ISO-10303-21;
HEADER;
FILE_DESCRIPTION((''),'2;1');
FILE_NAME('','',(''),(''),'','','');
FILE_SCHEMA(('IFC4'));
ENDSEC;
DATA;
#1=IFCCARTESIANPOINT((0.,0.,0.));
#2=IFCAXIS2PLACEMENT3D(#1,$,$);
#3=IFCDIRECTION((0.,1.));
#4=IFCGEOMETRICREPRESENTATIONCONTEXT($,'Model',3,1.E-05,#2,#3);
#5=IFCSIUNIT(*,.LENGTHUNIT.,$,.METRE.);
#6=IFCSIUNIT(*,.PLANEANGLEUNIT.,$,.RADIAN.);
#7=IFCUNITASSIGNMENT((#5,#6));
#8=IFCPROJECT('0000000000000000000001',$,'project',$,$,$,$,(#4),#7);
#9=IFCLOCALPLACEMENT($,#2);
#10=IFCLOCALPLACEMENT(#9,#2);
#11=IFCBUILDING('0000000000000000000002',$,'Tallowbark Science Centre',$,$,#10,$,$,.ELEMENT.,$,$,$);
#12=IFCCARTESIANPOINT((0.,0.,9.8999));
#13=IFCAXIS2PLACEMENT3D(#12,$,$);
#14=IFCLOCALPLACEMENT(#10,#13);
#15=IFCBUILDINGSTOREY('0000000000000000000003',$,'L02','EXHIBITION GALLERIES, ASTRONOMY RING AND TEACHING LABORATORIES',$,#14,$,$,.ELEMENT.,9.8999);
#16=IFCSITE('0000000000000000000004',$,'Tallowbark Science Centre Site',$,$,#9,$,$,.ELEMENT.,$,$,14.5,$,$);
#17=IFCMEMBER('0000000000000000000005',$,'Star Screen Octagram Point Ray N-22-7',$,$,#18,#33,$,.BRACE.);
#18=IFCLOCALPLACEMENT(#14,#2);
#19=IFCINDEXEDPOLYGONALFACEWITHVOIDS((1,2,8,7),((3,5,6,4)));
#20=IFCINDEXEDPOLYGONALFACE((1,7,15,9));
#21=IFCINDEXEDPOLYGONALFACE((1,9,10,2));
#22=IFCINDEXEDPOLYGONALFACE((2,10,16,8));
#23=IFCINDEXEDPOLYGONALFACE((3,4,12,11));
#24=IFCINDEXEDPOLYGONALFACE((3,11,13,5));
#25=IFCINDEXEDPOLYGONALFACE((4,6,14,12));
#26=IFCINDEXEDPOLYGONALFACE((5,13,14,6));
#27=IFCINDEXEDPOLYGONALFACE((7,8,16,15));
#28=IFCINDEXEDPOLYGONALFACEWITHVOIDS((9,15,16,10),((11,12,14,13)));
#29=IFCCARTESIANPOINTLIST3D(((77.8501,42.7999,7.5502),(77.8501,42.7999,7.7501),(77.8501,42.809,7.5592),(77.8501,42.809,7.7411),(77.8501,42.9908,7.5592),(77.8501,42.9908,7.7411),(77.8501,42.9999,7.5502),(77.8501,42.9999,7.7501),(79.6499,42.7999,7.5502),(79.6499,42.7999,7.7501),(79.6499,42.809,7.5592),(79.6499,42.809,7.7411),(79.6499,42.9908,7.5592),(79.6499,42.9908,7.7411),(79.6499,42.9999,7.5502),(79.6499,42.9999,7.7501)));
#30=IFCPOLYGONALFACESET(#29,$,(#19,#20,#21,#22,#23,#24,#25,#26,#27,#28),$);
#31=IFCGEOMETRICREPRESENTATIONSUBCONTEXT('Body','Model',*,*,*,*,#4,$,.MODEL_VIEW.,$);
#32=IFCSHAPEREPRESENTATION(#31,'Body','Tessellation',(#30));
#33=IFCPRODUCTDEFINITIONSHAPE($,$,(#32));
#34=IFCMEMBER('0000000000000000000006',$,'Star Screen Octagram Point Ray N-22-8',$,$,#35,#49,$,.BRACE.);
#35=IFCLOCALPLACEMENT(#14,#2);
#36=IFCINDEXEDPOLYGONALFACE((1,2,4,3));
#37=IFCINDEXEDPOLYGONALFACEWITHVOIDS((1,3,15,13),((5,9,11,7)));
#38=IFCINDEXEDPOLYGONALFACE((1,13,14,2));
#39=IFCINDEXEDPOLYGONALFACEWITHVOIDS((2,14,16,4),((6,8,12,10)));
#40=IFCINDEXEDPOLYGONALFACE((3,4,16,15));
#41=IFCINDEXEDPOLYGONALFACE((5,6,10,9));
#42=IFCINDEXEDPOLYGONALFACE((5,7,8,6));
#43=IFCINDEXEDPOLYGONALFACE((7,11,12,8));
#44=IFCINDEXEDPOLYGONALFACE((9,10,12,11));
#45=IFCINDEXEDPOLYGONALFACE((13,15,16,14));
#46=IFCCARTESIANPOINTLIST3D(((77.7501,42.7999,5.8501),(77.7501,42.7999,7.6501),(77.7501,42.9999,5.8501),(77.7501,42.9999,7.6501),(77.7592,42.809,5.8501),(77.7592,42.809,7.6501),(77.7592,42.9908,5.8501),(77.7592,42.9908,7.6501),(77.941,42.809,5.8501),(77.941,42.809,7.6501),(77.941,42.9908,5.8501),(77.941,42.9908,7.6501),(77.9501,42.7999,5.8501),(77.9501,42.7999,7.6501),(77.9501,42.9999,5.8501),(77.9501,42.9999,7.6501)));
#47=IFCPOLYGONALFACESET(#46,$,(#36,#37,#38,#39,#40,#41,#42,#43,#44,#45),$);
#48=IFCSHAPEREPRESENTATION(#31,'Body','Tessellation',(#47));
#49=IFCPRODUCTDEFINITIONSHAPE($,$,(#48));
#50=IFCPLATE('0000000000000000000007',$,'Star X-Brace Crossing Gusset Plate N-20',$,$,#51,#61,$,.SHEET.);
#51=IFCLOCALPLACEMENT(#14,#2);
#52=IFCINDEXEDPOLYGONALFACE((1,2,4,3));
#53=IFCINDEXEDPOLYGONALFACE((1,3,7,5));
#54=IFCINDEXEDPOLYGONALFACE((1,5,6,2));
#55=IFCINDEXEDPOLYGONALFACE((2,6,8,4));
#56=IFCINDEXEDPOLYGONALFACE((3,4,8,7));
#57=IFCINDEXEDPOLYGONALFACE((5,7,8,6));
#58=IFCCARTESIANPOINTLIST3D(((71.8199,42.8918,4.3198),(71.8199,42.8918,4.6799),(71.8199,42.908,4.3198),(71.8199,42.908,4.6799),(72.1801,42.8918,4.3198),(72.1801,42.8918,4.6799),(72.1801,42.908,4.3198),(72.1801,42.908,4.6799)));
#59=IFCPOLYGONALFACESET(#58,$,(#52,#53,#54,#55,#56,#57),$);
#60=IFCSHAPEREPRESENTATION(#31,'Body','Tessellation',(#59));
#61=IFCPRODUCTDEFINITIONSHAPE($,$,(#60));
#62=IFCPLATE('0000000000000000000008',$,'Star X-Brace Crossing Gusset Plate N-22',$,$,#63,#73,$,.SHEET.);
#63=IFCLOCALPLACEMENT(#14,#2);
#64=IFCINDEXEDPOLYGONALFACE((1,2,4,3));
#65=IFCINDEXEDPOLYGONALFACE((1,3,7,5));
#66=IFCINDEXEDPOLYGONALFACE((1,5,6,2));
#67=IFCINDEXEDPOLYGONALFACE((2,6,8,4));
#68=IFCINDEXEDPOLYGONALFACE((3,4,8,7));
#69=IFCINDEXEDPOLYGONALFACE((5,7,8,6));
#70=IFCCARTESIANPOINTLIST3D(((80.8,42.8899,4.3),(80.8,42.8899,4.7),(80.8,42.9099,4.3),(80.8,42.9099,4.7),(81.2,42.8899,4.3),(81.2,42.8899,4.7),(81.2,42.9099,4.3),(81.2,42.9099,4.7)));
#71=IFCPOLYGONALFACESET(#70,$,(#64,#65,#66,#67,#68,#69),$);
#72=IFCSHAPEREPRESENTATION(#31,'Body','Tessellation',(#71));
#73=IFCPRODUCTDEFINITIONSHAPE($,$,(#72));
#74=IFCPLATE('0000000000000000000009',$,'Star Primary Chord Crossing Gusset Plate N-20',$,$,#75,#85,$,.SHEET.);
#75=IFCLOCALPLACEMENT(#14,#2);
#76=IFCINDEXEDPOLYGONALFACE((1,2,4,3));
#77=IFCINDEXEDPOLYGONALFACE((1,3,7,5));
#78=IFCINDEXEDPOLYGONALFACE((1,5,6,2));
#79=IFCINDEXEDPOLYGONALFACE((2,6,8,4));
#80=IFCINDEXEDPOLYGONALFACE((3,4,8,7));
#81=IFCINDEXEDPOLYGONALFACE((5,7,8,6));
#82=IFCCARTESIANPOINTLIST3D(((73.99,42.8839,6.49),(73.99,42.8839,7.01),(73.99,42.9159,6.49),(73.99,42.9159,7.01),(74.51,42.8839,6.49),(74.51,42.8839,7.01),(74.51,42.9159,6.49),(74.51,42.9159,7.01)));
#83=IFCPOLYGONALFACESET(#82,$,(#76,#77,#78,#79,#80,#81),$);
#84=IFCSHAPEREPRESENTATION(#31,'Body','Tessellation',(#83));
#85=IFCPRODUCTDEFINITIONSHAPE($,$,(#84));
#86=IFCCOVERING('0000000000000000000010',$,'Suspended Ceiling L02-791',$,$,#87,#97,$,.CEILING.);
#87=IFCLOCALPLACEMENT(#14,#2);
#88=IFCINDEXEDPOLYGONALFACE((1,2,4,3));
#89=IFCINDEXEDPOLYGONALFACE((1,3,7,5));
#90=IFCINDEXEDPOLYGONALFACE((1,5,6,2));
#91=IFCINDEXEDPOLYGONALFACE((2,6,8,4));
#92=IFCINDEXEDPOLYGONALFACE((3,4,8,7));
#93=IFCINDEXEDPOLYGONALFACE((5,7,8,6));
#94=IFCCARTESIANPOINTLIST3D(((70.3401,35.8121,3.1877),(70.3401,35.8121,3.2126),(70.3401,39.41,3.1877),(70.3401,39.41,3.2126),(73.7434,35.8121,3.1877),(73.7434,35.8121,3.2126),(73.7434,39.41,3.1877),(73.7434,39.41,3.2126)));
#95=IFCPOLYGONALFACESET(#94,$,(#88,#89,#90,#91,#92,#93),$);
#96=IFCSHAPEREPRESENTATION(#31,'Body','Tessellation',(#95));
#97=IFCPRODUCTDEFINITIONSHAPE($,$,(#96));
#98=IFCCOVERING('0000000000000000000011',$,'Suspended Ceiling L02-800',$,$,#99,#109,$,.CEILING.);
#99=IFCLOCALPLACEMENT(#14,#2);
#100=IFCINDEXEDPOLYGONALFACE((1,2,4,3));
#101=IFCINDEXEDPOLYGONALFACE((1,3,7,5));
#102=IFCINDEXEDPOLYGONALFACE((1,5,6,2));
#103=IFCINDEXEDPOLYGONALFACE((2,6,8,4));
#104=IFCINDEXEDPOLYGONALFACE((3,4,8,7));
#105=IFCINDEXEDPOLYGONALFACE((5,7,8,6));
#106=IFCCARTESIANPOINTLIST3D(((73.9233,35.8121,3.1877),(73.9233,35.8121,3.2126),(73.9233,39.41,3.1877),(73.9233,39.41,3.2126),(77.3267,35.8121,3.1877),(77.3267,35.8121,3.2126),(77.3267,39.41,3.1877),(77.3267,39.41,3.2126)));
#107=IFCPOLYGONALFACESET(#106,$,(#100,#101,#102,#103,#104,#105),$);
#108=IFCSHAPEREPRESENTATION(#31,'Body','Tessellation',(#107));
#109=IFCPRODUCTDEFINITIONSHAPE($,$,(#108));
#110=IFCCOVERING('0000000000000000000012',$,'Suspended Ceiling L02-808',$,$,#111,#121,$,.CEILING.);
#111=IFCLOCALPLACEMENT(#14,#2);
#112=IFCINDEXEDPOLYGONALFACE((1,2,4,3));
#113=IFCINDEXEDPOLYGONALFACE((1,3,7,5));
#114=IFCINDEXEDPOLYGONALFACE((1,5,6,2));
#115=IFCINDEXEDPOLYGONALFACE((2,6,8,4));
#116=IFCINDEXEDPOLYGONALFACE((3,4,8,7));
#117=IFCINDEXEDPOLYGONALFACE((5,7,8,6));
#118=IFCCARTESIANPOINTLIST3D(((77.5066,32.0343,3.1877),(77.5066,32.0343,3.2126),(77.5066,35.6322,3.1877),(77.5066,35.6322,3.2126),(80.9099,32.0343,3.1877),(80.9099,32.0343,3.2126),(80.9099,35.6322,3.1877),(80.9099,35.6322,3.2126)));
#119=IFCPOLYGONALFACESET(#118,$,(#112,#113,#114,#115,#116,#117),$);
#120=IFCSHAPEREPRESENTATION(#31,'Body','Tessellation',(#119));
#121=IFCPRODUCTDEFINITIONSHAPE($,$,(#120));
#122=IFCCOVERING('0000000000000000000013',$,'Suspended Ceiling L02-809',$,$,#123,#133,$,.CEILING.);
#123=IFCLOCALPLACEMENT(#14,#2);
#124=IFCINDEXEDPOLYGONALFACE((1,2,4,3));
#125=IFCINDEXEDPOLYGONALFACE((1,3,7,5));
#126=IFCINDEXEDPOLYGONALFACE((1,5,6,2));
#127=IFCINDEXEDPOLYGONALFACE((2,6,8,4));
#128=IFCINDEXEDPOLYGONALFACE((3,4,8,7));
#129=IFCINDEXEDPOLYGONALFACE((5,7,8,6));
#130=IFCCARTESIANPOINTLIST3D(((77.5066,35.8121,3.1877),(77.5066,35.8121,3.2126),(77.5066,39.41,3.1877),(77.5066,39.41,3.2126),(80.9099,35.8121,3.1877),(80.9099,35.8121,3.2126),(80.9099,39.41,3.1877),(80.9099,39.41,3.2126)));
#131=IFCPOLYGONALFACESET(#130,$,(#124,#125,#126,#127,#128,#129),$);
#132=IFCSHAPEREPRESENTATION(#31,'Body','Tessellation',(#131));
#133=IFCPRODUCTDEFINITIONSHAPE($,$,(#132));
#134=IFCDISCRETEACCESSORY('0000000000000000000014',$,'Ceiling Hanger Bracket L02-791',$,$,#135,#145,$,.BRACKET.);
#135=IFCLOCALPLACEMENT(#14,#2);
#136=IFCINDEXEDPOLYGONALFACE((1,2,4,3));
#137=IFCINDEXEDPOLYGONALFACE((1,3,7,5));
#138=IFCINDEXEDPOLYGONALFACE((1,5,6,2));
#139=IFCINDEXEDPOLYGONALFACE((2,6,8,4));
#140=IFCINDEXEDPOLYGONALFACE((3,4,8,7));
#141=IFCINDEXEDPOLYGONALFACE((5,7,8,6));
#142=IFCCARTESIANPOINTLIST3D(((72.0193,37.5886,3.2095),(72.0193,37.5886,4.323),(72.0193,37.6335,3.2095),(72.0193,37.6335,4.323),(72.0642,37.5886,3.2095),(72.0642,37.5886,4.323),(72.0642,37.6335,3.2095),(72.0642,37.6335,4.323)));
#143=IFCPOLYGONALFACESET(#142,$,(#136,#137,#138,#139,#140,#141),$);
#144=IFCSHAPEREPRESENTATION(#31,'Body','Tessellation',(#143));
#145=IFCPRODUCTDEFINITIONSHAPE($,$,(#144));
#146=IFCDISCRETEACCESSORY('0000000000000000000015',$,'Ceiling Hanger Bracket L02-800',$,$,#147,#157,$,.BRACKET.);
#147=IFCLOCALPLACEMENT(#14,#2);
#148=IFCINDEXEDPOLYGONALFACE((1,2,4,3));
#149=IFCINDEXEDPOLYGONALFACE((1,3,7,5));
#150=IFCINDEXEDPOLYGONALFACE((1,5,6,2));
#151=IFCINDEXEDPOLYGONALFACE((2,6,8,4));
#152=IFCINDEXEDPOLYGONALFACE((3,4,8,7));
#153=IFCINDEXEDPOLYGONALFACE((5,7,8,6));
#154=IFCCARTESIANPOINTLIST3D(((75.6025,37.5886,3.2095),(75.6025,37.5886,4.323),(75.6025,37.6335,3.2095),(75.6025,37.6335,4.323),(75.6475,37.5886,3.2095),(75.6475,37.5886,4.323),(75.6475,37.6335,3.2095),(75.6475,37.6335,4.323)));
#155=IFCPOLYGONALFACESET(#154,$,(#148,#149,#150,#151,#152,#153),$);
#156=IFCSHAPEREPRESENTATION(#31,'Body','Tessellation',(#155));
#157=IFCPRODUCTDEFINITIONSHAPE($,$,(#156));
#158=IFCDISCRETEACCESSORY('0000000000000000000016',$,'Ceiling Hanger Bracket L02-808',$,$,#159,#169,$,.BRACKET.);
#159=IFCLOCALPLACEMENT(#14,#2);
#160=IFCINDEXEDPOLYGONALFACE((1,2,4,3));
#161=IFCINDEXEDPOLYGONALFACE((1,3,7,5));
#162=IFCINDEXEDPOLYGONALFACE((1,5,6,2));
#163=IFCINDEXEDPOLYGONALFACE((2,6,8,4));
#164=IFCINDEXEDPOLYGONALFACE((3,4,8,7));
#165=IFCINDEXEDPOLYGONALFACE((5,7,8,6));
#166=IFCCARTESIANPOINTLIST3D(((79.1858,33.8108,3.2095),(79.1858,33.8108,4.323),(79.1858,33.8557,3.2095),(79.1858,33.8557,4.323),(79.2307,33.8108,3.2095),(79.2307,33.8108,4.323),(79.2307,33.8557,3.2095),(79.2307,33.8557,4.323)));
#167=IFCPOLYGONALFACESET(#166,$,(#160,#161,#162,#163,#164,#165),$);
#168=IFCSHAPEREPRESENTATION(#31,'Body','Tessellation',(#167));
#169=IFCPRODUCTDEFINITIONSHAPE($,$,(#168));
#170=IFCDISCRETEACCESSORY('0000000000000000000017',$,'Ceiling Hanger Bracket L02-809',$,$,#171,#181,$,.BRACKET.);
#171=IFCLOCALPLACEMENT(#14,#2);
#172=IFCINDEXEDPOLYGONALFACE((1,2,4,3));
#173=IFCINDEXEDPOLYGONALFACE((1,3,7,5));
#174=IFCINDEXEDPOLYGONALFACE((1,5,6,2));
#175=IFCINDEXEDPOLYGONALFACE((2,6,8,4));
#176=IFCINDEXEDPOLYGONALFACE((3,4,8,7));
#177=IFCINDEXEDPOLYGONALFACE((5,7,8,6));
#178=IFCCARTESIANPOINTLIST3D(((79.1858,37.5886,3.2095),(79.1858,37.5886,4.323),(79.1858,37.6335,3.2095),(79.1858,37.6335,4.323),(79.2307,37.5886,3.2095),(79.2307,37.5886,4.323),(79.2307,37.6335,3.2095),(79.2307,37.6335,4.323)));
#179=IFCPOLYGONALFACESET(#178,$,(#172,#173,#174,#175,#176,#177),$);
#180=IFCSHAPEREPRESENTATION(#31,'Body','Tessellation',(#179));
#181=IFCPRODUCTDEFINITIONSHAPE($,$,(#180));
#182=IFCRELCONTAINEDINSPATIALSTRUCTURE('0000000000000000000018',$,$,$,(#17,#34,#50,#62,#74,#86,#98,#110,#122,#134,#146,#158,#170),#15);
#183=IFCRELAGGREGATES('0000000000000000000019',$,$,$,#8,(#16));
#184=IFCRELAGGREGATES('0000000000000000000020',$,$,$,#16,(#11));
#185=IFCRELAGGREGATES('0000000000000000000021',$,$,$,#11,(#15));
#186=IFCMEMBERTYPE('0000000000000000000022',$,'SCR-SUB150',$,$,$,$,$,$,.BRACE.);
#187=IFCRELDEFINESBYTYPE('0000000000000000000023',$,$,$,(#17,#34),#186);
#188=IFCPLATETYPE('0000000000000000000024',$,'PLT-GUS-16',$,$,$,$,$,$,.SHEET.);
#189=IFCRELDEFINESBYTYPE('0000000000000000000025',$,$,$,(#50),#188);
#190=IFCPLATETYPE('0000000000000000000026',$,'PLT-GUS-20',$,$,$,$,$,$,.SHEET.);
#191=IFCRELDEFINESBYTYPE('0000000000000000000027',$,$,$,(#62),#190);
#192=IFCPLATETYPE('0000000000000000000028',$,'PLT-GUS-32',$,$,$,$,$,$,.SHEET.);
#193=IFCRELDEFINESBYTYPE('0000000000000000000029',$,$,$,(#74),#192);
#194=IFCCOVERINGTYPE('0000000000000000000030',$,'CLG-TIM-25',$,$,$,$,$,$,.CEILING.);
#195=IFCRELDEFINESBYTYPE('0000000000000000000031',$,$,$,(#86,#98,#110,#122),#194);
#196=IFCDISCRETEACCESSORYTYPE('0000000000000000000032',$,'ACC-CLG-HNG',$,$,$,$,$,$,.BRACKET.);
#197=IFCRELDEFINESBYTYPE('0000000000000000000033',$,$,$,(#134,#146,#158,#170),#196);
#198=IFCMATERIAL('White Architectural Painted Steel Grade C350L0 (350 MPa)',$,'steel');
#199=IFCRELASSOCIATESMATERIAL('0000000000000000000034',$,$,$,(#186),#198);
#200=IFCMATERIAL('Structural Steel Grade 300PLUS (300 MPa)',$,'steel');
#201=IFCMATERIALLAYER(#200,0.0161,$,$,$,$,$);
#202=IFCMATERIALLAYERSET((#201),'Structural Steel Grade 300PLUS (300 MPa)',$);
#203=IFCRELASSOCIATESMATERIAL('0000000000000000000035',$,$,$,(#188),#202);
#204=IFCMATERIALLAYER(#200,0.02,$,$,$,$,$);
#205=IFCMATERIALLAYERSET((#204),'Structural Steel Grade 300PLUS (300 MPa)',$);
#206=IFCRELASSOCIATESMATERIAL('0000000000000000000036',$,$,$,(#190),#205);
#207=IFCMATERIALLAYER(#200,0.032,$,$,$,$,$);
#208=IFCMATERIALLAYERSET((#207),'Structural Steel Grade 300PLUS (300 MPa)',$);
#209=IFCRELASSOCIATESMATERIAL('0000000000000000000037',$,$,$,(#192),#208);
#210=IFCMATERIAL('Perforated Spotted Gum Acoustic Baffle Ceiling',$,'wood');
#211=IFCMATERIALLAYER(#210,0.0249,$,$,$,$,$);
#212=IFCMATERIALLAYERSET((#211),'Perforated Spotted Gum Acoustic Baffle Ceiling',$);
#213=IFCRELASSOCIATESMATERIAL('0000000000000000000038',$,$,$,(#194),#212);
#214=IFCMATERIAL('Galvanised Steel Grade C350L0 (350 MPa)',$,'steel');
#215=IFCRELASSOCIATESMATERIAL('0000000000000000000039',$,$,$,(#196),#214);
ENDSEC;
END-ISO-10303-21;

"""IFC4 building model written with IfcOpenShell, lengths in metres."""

from ifc_helpers import new_model, si_unit, direction, frame, origin, origin_2d, place, context, subcontext, project, spatial, rectangle, hollow_rectangle, extrude, material, layer, layer_set, material_profile, profile_set, type_object, element, save


model = new_model("IFC4")

# Units and contexts
model_context = context("Model", 3, precision=1e-05, world=origin(), true_north=direction((0.0, 1.0)))
body_context = subcontext(model_context, "Body", "Model", "MODEL_VIEW")
ifc_project = project(units=[si_unit("LENGTHUNIT", "METRE"), si_unit("PLANEANGLEUNIT", "RADIAN")], contexts=[model_context])

# Site, building, storey
site_placement = place(None, origin())
site = spatial("IfcSite", under=ifc_project, at=site_placement, Name="Tallowbark Science Centre Site", CompositionType="ELEMENT", RefElevation=14.5)
building_placement = place(site_placement, origin())
building = spatial("IfcBuilding", under=site, at=building_placement, Name="Tallowbark Science Centre", CompositionType="ELEMENT")
storey_placement = place(building_placement, frame((0.0, 0.0, 9.8999)))
storey = spatial("IfcBuildingStorey", under=building, at=storey_placement, Name="L02", Description="EXHIBITION GALLERIES, ASTRONOMY RING AND TEACHING LABORATORIES", CompositionType="ELEMENT", Elevation=9.8999)

# Members
ifc_material_1 = material(Name="White Architectural Painted Steel Grade C350L0 (350 MPa)", Category="steel")
ifc_material_profile_1 = material_profile(ifc_material_1, hollow_rectangle(XDim=0.2, YDim=0.2, WallThickness=0.009, at=origin_2d()), Name="200x200x9.0SHS")
ifc_profile_set_1 = profile_set([ifc_material_profile_1], Name="White Architectural Painted Steel Grade C350L0 (350 MPa)")
member_type_1 = type_object("IfcMemberType", Name="SCR-SUB150", PredefinedType="BRACE", material=ifc_profile_set_1)
member_1_placement = place(storey_placement, frame((77.8501, 42.8999, 7.6501), z_axis=(1.0, 0.0, 0.0), x_axis=(0.0, 1.0, 0.0)))
element("IfcMember", 1, at=member_1_placement, inside=storey, type_object=member_type_1, Name="Star Screen Octagram Point Ray N-22-7", PredefinedType="BRACE", context=body_context, shape_type="SweptSolid", body=[
    extrude(hollow_rectangle(XDim=0.2, YDim=0.2, WallThickness=0.009, at=origin_2d()), origin(), (0.0, 0.0, 1.0), 1.7998),
])
member_2_placement = place(storey_placement, frame((77.8501, 42.8999, 7.6501), z_axis=(0.0, 0.0, -1.0), x_axis=(1.0, 0.0, 0.0)))
element("IfcMember", 2, at=member_2_placement, inside=storey, type_object=member_type_1, Name="Star Screen Octagram Point Ray N-22-8", PredefinedType="BRACE", context=body_context, shape_type="SweptSolid", body=[
    extrude(hollow_rectangle(XDim=0.2, YDim=0.2, WallThickness=0.009, at=origin_2d()), origin(), (0.0, 0.0, 1.0), 1.8),
])

# Plates
ifc_material_2 = material(Name="Structural Steel Grade 300PLUS (300 MPa)", Category="steel")
ifc_layer_1 = layer(ifc_material_2, 0.0161)
ifc_layer_set_1 = layer_set([ifc_layer_1], Name="Structural Steel Grade 300PLUS (300 MPa)")
plate_type_1 = type_object("IfcPlateType", Name="PLT-GUS-16", PredefinedType="SHEET", material=ifc_layer_set_1)
plate_1_placement = place(storey_placement, frame((72.0, 42.8999, 4.3198), z_axis=(0.0, 0.0, 1.0), x_axis=(1.0, 0.0, 0.0)))
element("IfcPlate", 3, at=plate_1_placement, inside=storey, type_object=plate_type_1, Name="Star X-Brace Crossing Gusset Plate N-20", PredefinedType="SHEET", context=body_context, shape_type="SweptSolid", body=[
    extrude(rectangle(XDim=0.3601, YDim=0.0161, at=origin_2d()), origin(), (0.0, 0.0, 1.0), 0.3601),
])
ifc_layer_2 = layer(ifc_material_2, 0.02)
ifc_layer_set_2 = layer_set([ifc_layer_2], Name="Structural Steel Grade 300PLUS (300 MPa)")
plate_type_2 = type_object("IfcPlateType", Name="PLT-GUS-20", PredefinedType="SHEET", material=ifc_layer_set_2)
plate_2_placement = place(storey_placement, frame((81.0, 42.8999, 4.3), z_axis=(0.0, 0.0, 1.0), x_axis=(1.0, 0.0, 0.0)))
element("IfcPlate", 4, at=plate_2_placement, inside=storey, type_object=plate_type_2, Name="Star X-Brace Crossing Gusset Plate N-22", PredefinedType="SHEET", context=body_context, shape_type="SweptSolid", body=[
    extrude(rectangle(XDim=0.3999, YDim=0.02, at=origin_2d()), origin(), (0.0, 0.0, 1.0), 0.3999),
])
ifc_layer_3 = layer(ifc_material_2, 0.032)
ifc_layer_set_3 = layer_set([ifc_layer_3], Name="Structural Steel Grade 300PLUS (300 MPa)")
plate_type_3 = type_object("IfcPlateType", Name="PLT-GUS-32", PredefinedType="SHEET", material=ifc_layer_set_3)
plate_3_placement = place(storey_placement, frame((74.25, 42.8999, 6.49), z_axis=(0.0, 0.0, 1.0), x_axis=(1.0, 0.0, 0.0)))
element("IfcPlate", 5, at=plate_3_placement, inside=storey, type_object=plate_type_3, Name="Star Primary Chord Crossing Gusset Plate N-20", PredefinedType="SHEET", context=body_context, shape_type="SweptSolid", body=[
    extrude(rectangle(XDim=0.52, YDim=0.032, at=origin_2d()), origin(), (0.0, 0.0, 1.0), 0.52),
])

# Coverings
ifc_material_3 = material(Name="Perforated Spotted Gum Acoustic Baffle Ceiling", Category="wood")
ifc_layer_4 = layer(ifc_material_3, 0.0249)
ifc_layer_set_4 = layer_set([ifc_layer_4], Name="Perforated Spotted Gum Acoustic Baffle Ceiling")
covering_type = type_object("IfcCoveringType", Name="CLG-TIM-25", PredefinedType="CEILING", material=ifc_layer_set_4)
for number, where, z_axis, x_axis, name in (
    (6, (72.0417, 37.6111, 3.1877), (0.0, 0.0, 1.0), (1.0, 0.0, 0.0), "Suspended Ceiling L02-791"),
    (7, (75.625, 37.6111, 3.1877), (0.0, 0.0, 1.0), (1.0, 0.0, 0.0), "Suspended Ceiling L02-800"),
    (8, (79.2083, 33.8333, 3.1877), (0.0, 0.0, 1.0), (1.0, 0.0, 0.0), "Suspended Ceiling L02-808"),
    (9, (79.2083, 37.6111, 3.1877), (0.0, 0.0, 1.0), (1.0, 0.0, 0.0), "Suspended Ceiling L02-809"),
):
    element("IfcCovering", number, at=place(storey_placement, frame(where, z_axis=z_axis, x_axis=x_axis)), inside=storey, type_object=covering_type, Name=name, PredefinedType="CEILING", context=body_context, shape_type="SweptSolid", body=[
        extrude(rectangle(XDim=3.4033, YDim=3.5979, at=origin_2d()), origin(), (0.0, 0.0, 1.0), 0.0249),
    ])

# Discrete accessories
ifc_material_4 = material(Name="Galvanised Steel Grade C350L0 (350 MPa)", Category="steel")
discrete_accessory_type = type_object("IfcDiscreteAccessoryType", Name="ACC-CLG-HNG", PredefinedType="BRACKET", material=ifc_material_4)
for number, where, z_axis, x_axis, name in (
    (10, (72.0417, 37.6111, 3.2095), (0.0, 0.0, 1.0), (1.0, 0.0, 0.0), "Ceiling Hanger Bracket L02-791"),
    (11, (75.625, 37.6111, 3.2095), (0.0, 0.0, 1.0), (1.0, 0.0, 0.0), "Ceiling Hanger Bracket L02-800"),
    (12, (79.2083, 33.8333, 3.2095), (0.0, 0.0, 1.0), (1.0, 0.0, 0.0), "Ceiling Hanger Bracket L02-808"),
    (13, (79.2083, 37.6111, 3.2095), (0.0, 0.0, 1.0), (1.0, 0.0, 0.0), "Ceiling Hanger Bracket L02-809"),
):
    element("IfcDiscreteAccessory", number, at=place(storey_placement, frame(where, z_axis=z_axis, x_axis=x_axis)), inside=storey, type_object=discrete_accessory_type, Name=name, PredefinedType="BRACKET", context=body_context, shape_type="SweptSolid", body=[
        extrude(rectangle(XDim=0.0449, YDim=0.0449, at=origin_2d()), origin(), (0.0, 0.0, 1.0), 1.1135),
    ])

save(model, "model.ifc")
